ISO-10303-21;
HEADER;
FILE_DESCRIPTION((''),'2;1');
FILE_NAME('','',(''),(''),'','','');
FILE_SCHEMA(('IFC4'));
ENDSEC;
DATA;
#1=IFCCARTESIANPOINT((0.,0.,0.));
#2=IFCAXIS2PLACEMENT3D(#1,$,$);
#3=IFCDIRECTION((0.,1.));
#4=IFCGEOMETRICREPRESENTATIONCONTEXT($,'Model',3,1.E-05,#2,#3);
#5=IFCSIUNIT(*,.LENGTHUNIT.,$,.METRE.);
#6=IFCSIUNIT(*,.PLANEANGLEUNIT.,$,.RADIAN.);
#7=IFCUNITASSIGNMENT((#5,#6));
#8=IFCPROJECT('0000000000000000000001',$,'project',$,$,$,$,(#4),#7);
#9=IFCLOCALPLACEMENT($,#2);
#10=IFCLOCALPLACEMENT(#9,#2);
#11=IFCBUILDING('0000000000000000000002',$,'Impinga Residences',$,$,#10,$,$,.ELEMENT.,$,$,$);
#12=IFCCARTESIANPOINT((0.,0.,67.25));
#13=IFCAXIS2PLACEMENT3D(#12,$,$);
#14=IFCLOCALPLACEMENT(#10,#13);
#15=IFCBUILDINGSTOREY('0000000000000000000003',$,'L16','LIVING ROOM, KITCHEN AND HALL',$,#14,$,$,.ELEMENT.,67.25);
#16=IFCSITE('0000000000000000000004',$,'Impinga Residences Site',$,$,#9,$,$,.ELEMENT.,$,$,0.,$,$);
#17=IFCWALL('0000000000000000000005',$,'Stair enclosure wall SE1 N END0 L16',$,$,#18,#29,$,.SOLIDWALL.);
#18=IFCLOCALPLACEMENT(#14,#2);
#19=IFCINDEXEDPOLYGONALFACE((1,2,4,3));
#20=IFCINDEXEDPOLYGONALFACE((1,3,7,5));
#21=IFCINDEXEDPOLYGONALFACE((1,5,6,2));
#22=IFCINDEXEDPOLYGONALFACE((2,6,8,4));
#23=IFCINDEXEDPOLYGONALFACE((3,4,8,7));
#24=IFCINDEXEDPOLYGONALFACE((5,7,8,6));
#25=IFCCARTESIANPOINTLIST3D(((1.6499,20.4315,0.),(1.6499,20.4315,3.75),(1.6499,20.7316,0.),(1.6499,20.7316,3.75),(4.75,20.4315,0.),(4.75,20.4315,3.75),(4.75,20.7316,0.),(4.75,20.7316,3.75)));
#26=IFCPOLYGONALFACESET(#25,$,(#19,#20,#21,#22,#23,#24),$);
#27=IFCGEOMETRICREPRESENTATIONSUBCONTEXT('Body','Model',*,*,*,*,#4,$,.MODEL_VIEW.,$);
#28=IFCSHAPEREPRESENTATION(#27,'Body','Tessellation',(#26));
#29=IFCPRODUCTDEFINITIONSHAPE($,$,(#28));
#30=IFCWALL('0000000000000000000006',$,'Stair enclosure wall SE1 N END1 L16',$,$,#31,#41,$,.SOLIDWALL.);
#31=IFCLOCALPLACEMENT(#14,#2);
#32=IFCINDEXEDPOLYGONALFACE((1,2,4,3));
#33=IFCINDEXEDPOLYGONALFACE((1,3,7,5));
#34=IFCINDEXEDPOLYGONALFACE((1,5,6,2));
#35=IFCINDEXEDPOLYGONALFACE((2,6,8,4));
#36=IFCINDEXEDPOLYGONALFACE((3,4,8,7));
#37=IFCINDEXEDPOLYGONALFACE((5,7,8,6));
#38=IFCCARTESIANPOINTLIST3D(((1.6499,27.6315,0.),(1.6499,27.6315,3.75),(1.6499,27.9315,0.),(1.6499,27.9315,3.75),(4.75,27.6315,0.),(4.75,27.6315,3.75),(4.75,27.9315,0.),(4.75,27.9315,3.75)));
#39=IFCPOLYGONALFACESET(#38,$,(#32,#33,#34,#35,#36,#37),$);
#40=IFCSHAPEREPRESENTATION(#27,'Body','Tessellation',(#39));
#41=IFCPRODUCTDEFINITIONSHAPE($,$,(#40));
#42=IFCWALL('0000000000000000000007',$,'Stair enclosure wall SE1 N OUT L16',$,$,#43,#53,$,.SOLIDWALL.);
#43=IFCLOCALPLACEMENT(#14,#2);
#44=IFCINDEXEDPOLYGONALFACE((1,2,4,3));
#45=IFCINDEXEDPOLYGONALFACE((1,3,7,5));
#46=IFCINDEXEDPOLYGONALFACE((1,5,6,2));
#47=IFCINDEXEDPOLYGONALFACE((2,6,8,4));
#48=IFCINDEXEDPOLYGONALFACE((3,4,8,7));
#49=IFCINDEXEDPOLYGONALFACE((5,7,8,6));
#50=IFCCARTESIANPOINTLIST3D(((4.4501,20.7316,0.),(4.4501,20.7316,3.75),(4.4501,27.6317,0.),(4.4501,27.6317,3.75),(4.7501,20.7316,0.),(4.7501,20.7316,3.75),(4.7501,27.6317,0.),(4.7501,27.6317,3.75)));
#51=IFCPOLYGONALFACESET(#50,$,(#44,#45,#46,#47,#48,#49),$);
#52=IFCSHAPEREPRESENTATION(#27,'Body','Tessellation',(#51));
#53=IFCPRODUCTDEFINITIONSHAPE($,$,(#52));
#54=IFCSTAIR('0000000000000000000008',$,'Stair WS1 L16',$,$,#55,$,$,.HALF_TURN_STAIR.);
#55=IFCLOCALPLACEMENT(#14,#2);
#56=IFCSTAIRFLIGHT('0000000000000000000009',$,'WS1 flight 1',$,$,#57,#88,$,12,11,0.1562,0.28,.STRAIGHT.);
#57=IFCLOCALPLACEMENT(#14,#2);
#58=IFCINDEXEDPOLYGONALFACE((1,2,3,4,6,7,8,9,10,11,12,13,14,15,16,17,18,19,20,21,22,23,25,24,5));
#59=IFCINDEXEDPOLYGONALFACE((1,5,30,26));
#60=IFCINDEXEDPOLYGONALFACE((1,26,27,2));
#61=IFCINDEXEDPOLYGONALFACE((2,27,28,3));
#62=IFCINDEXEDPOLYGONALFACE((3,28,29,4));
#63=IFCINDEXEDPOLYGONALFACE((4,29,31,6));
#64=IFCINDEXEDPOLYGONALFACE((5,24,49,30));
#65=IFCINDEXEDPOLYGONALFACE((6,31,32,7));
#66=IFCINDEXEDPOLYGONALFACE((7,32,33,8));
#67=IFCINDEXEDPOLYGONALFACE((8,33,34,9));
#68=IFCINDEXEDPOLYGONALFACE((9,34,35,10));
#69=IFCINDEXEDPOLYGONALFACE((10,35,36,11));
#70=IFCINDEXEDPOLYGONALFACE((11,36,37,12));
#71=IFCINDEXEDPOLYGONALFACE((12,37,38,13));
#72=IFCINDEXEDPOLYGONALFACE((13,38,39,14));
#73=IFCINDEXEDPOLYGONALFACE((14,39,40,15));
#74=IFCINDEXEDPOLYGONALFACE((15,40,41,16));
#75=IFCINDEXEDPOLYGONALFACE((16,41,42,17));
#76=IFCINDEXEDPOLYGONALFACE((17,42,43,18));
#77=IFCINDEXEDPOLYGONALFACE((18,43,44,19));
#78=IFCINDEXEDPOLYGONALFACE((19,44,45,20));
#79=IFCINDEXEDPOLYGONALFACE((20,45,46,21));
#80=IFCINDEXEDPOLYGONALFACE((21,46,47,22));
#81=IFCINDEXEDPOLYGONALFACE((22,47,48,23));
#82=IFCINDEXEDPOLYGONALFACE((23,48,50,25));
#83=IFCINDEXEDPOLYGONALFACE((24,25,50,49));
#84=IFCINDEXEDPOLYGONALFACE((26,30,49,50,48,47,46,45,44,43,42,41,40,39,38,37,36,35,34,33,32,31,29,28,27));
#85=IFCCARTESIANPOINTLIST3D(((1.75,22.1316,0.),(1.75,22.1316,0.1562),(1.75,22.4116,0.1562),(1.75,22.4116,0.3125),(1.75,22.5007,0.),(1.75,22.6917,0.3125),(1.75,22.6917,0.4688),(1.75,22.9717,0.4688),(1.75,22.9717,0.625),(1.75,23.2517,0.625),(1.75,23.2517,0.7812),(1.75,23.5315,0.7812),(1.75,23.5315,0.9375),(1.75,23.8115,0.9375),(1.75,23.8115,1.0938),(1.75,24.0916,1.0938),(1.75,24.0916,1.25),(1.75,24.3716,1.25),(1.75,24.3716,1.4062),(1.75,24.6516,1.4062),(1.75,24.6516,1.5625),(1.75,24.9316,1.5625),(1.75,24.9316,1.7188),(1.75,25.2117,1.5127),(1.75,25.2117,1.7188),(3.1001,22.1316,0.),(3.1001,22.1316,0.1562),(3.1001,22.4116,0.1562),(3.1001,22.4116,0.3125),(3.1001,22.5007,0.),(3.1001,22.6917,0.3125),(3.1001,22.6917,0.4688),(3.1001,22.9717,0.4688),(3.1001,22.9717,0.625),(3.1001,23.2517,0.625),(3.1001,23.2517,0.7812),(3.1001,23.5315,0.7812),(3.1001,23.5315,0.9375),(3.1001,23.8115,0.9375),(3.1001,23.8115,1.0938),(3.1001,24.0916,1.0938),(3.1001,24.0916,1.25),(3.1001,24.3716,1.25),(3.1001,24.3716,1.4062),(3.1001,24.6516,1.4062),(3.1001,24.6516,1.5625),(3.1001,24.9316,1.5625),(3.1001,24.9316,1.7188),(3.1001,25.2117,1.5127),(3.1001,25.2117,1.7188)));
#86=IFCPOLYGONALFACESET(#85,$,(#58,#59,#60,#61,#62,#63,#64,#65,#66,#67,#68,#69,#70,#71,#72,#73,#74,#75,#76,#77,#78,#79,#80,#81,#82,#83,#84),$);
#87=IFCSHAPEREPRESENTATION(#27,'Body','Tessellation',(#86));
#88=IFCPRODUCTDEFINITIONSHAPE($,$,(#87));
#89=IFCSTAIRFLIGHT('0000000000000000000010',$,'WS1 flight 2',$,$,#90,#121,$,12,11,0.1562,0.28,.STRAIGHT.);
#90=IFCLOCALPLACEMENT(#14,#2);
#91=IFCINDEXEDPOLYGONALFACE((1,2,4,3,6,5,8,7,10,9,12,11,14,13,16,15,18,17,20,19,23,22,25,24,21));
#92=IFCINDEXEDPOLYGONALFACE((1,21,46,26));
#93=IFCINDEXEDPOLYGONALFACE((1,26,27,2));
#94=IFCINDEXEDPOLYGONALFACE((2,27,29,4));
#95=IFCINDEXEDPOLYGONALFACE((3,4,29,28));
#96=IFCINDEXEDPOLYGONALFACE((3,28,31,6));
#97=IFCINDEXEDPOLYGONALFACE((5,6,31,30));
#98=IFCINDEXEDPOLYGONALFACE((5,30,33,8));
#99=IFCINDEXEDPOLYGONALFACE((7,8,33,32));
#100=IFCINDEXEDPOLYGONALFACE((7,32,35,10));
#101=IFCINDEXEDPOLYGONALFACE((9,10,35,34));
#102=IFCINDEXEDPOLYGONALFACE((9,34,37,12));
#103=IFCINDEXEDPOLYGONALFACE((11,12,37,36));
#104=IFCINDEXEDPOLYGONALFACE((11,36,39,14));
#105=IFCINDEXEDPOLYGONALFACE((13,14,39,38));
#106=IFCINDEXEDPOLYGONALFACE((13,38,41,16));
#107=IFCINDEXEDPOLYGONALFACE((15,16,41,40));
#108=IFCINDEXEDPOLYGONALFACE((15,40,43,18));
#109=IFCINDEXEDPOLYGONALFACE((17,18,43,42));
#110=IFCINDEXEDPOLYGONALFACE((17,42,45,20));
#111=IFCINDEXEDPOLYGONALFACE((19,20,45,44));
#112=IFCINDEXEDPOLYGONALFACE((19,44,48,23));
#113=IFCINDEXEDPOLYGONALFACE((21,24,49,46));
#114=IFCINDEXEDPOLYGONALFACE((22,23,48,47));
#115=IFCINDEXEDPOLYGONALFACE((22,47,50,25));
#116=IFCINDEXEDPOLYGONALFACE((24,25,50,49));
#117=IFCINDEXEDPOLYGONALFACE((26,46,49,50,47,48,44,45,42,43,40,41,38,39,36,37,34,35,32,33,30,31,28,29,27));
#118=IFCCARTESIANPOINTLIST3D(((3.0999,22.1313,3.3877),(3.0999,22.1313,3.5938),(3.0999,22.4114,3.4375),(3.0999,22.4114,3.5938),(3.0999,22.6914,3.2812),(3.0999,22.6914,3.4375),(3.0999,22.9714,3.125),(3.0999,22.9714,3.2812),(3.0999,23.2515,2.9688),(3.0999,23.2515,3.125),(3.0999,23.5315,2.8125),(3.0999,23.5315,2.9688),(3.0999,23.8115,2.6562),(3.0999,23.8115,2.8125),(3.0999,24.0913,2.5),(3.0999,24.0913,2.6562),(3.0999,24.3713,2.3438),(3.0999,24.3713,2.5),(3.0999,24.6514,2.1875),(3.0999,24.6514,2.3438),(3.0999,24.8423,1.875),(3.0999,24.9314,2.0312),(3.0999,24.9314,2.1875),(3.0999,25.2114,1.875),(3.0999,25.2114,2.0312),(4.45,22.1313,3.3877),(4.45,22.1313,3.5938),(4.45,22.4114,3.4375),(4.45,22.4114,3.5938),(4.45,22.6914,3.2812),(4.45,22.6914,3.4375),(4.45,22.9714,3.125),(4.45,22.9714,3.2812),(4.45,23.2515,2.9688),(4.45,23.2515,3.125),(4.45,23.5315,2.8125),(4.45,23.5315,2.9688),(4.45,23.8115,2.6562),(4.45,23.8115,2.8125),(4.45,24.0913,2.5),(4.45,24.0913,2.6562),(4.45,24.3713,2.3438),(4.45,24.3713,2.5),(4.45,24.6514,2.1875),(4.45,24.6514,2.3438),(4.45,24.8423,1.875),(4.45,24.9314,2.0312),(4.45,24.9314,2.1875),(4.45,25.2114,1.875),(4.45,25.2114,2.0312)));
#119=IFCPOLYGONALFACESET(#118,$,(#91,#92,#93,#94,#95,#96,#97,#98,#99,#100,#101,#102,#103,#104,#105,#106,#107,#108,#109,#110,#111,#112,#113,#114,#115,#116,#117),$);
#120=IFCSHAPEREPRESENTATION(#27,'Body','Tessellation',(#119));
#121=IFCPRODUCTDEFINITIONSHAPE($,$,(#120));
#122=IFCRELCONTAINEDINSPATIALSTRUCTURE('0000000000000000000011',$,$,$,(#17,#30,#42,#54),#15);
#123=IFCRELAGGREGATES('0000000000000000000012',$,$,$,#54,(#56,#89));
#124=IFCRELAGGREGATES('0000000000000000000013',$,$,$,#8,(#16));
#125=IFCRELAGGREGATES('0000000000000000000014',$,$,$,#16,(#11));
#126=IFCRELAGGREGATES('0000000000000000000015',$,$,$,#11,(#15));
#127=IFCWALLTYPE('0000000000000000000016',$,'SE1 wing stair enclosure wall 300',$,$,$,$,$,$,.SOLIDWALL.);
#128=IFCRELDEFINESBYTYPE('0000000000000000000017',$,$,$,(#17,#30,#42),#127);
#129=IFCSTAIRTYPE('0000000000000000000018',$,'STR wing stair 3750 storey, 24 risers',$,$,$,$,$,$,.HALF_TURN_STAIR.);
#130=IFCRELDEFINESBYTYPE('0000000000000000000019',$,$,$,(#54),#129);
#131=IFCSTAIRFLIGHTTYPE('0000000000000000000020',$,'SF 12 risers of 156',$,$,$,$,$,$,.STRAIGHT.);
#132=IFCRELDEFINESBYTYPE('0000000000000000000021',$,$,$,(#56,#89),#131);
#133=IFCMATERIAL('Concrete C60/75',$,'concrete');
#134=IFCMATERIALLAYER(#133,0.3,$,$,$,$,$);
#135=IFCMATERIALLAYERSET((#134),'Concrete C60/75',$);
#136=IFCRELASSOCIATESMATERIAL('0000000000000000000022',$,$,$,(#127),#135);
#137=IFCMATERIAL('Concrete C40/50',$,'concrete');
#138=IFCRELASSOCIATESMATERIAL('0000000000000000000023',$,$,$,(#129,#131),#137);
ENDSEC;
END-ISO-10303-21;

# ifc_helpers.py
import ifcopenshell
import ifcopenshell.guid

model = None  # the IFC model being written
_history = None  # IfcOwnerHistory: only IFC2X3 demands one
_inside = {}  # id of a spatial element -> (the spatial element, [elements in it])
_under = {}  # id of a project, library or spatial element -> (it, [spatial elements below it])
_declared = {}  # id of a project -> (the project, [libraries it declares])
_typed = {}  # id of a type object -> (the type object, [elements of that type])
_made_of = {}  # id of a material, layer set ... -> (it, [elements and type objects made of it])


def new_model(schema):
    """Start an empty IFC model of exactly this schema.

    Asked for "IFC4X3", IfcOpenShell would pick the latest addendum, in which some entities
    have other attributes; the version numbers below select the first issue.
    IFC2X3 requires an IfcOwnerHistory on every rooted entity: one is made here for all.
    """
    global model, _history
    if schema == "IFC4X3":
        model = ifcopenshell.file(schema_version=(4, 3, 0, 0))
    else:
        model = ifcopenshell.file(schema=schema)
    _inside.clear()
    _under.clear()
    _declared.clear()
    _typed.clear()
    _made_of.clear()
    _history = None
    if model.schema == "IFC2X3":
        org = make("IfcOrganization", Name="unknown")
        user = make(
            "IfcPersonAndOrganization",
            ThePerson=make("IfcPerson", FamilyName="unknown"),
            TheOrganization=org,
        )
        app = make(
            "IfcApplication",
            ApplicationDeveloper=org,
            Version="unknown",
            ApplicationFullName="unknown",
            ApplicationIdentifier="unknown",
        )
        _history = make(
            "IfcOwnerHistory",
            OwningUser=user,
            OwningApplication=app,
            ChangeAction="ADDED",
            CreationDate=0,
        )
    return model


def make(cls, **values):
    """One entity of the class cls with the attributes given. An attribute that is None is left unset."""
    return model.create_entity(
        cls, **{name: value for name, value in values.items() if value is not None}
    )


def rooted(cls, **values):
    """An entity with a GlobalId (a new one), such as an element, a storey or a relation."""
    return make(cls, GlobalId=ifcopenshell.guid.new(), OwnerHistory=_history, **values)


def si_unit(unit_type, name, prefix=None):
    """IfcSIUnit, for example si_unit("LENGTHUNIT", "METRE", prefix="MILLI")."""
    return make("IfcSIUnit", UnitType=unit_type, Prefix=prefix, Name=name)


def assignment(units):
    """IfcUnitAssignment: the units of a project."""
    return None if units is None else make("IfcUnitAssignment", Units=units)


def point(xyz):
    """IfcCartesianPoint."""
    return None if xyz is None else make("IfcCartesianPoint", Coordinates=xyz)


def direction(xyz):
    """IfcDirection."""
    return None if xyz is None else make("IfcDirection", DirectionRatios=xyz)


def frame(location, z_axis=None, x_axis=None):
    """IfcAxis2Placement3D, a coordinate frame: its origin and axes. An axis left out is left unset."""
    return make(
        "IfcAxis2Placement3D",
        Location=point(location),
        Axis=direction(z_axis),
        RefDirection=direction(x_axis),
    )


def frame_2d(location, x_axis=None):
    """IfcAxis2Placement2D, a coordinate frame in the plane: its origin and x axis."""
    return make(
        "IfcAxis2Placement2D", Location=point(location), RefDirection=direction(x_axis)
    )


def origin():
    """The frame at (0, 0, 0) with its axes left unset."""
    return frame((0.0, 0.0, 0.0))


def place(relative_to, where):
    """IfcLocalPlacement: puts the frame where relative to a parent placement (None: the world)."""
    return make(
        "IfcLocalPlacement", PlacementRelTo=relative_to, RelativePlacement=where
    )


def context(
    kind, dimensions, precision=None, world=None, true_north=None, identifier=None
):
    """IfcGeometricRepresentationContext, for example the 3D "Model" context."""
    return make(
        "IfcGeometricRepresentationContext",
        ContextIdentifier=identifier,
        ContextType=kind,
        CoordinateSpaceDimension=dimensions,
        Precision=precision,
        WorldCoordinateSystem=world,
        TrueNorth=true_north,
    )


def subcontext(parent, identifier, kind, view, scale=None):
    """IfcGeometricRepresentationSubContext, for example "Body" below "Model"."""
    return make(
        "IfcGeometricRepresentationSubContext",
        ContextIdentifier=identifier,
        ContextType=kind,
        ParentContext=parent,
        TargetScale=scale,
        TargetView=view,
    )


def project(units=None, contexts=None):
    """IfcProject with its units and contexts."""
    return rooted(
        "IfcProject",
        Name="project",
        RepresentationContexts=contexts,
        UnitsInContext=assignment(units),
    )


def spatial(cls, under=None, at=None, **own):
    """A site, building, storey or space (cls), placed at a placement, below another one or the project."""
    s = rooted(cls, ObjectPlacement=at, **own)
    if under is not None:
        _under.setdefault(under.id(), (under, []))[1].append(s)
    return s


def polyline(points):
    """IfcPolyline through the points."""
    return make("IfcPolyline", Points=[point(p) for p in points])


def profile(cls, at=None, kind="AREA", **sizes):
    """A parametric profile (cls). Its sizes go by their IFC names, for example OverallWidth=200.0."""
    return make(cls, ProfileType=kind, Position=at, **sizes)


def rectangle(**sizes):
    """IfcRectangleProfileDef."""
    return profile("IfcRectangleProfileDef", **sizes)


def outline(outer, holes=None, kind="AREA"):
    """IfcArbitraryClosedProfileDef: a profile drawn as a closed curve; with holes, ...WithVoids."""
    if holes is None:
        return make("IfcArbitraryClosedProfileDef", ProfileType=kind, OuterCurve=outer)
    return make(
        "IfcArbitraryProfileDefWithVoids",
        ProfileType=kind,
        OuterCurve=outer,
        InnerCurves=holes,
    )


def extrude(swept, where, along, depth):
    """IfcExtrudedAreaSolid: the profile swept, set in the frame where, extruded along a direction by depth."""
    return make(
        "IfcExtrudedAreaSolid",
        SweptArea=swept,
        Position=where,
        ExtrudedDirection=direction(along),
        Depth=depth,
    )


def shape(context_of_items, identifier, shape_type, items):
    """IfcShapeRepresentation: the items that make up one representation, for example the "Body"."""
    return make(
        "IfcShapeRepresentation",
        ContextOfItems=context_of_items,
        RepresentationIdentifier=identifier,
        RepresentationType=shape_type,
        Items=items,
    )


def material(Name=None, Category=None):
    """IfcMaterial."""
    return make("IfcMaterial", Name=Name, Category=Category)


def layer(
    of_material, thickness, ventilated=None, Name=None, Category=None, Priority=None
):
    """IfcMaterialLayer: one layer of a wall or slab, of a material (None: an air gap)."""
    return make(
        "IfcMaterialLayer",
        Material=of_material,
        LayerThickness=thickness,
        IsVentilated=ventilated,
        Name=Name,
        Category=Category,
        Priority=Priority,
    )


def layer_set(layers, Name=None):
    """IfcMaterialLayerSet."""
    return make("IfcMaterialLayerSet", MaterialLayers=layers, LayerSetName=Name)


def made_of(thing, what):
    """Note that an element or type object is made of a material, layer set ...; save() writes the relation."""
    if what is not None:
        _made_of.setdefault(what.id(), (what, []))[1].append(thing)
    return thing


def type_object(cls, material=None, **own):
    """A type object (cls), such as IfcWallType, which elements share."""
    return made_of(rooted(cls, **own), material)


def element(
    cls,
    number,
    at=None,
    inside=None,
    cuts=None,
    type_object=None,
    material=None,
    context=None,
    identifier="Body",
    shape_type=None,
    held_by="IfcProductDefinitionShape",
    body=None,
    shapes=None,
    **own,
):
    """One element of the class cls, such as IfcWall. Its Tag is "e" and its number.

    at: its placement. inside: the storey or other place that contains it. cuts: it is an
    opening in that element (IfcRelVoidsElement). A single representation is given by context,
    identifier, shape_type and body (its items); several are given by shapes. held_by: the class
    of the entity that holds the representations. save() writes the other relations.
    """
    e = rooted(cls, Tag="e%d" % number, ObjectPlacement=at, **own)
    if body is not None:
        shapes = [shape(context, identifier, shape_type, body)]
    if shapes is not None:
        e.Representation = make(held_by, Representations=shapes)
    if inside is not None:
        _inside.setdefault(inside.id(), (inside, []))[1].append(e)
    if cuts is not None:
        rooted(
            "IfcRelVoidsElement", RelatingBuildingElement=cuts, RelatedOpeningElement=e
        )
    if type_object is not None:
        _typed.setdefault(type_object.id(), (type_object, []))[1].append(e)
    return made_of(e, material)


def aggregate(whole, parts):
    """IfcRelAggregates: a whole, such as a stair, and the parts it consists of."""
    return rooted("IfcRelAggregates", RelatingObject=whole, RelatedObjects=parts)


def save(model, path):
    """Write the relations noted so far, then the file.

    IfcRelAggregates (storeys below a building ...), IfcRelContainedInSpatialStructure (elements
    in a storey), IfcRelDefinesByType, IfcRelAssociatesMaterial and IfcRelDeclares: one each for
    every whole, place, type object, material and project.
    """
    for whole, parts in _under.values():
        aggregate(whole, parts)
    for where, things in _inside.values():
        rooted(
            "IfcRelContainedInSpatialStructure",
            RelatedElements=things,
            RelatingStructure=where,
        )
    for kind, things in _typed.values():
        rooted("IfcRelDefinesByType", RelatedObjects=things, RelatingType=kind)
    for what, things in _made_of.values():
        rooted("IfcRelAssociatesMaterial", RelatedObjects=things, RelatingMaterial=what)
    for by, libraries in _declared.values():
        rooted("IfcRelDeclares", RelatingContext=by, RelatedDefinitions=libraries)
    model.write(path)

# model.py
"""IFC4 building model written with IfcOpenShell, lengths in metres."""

from ifc_helpers import new_model, si_unit, direction, frame, frame_2d, origin, place, context, subcontext, project, spatial, polyline, rectangle, outline, extrude, material, layer, layer_set, type_object, element, aggregate, save


model = new_model("IFC4")

# Units and contexts
model_context = context("Model", 3, precision=1e-05, world=origin(), true_north=direction((0.0, 1.0)))
body_context = subcontext(model_context, "Body", "Model", "MODEL_VIEW")
ifc_project = project(units=[si_unit("LENGTHUNIT", "METRE"), si_unit("PLANEANGLEUNIT", "RADIAN")], contexts=[model_context])

# Site, building, storey
site_placement = place(None, origin())
site = spatial("IfcSite", under=ifc_project, at=site_placement, Name="Impinga Residences Site", CompositionType="ELEMENT", RefElevation=0.0)
building_placement = place(site_placement, origin())
building = spatial("IfcBuilding", under=site, at=building_placement, Name="Impinga Residences", CompositionType="ELEMENT")
storey_placement = place(building_placement, frame((0.0, 0.0, 67.25)))
storey = spatial("IfcBuildingStorey", under=building, at=storey_placement, Name="L16", Description="LIVING ROOM, KITCHEN AND HALL", CompositionType="ELEMENT", Elevation=67.25)

# Shared definitions
ifc_material_1 = material(Name="Concrete C60/75", Category="concrete")

# Walls
ifc_layer_1 = layer(ifc_material_1, 0.3)
ifc_layer_set_1 = layer_set([ifc_layer_1], Name="Concrete C60/75")
wall_type_1 = type_object("IfcWallType", Name="SE1 wing stair enclosure wall 300", PredefinedType="SOLIDWALL", material=ifc_layer_set_1)
for number, where, z_axis, x_axis, name in (
    (1, (1.6499, 20.5815, 0.0), (0.0, 0.0, 1.0), (1.0, 0.0, 0.0), "Stair enclosure wall SE1 N END0 L16"),
    (2, (1.6499, 27.7815, 0.0), (0.0, 0.0, 1.0), (1.0, 0.0, 0.0), "Stair enclosure wall SE1 N END1 L16"),
):
    element("IfcWall", number, at=place(storey_placement, frame(where, z_axis=z_axis, x_axis=x_axis)), inside=storey, type_object=wall_type_1, Name=name, PredefinedType="SOLIDWALL", context=body_context, shape_type="SweptSolid", body=[
        extrude(rectangle(XDim=3.1001, YDim=0.3, at=frame_2d((1.55, 0.0))), origin(), (0.0, 0.0, 1.0), 3.75),
    ])
wall_1_placement = place(storey_placement, frame((4.6001, 20.7314, 0.0), z_axis=(0.0, 0.0, 1.0), x_axis=(0.0, 1.0, 0.0)))
element("IfcWall", 3, at=wall_1_placement, inside=storey, type_object=wall_type_1, Name="Stair enclosure wall SE1 N OUT L16", PredefinedType="SOLIDWALL", context=body_context, shape_type="SweptSolid", body=[
    extrude(rectangle(XDim=6.9001, YDim=0.3, at=frame_2d((3.4502, 0.0))), origin(), (0.0, 0.0, 1.0), 3.75),
])

# Stair, stair flights
ifc_material_2 = material(Name="Concrete C40/50", Category="concrete")
stair_type = type_object("IfcStairType", Name="STR wing stair 3750 storey, 24 risers", PredefinedType="HALF_TURN_STAIR", material=ifc_material_2)
stair_placement = place(storey_placement, origin())
stair = element("IfcStair", 4, at=stair_placement, inside=storey, type_object=stair_type, Name="Stair WS1 L16", PredefinedType="HALF_TURN_STAIR")
stair_flight_type = type_object("IfcStairFlightType", Name="SF 12 risers of 156", PredefinedType="STRAIGHT", material=ifc_material_2)
stair_flight_1_placement = place(storey_placement, frame((2.425, 22.1316, 0.0), z_axis=(0.0, 0.0, 1.0), x_axis=(0.0, 1.0, 0.0)))
stair_flight_1 = element("IfcStairFlight", 5, at=stair_flight_1_placement, type_object=stair_flight_type, Name="WS1 flight 1", NumberOfRisers=12, NumberOfTreads=11, PredefinedType="STRAIGHT", RiserHeight=0.1562, TreadLength=0.28, context=body_context, shape_type="SweptSolid", body=[
    extrude(outline(polyline([(0.0, 0.0), (0.0, 0.1562), (0.28, 0.1562), (0.28, 0.3125), (0.5601, 0.3125), (0.5601, 0.4688), (0.8401, 0.4688), (0.8401, 0.625), (1.1201, 0.625), (1.1201, 0.7812), (1.3999, 0.7812), (1.3999, 0.9375), (1.6799, 0.9375), (1.6799, 1.0938), (1.96, 1.0938), (1.96, 1.25), (2.24, 1.25), (2.24, 1.4062), (2.52, 1.4062), (2.52, 1.5625), (2.8, 1.5625), (2.8, 1.7188), (3.0801, 1.7188), (3.0801, 1.875), (3.0801, 1.5127), (0.3691, 0.0), (0.0, 0.0)])), frame((0.0, 0.675, 0.0), z_axis=(0.0, -1.0, 0.0), x_axis=(1.0, 0.0, 0.0)), (0.0, 0.0, 1.0), 1.3501),
])
stair_flight_2_placement = place(storey_placement, frame((3.7749, 25.2114, 1.875), z_axis=(0.0, 0.0, 1.0), x_axis=(0.0, -1.0, 0.0)))
stair_flight_2 = element("IfcStairFlight", 6, at=stair_flight_2_placement, type_object=stair_flight_type, Name="WS1 flight 2", NumberOfRisers=12, NumberOfTreads=11, PredefinedType="STRAIGHT", RiserHeight=0.1562, TreadLength=0.28, context=body_context, shape_type="SweptSolid", body=[
    extrude(outline(polyline([(0.0, 0.0), (0.0, 0.1562), (0.28, 0.1562), (0.28, 0.3125), (0.5601, 0.3125), (0.5601, 0.4688), (0.8401, 0.4688), (0.8401, 0.625), (1.1201, 0.625), (1.1201, 0.7812), (1.3999, 0.7812), (1.3999, 0.9375), (1.6799, 0.9375), (1.6799, 1.0938), (1.96, 1.0938), (1.96, 1.25), (2.24, 1.25), (2.24, 1.4062), (2.52, 1.4062), (2.52, 1.5625), (2.8, 1.5625), (2.8, 1.7188), (3.0801, 1.7188), (3.0801, 1.875), (3.0801, 1.5127), (0.3691, 0.0), (0.0, 0.0)])), frame((0.0, 0.675, 0.0), z_axis=(0.0, -1.0, 0.0), x_axis=(1.0, 0.0, 0.0)), (0.0, 0.0, 1.0), 1.3501),
])
aggregate(stair, [stair_flight_1, stair_flight_2])

save(model, "model.ifc")
